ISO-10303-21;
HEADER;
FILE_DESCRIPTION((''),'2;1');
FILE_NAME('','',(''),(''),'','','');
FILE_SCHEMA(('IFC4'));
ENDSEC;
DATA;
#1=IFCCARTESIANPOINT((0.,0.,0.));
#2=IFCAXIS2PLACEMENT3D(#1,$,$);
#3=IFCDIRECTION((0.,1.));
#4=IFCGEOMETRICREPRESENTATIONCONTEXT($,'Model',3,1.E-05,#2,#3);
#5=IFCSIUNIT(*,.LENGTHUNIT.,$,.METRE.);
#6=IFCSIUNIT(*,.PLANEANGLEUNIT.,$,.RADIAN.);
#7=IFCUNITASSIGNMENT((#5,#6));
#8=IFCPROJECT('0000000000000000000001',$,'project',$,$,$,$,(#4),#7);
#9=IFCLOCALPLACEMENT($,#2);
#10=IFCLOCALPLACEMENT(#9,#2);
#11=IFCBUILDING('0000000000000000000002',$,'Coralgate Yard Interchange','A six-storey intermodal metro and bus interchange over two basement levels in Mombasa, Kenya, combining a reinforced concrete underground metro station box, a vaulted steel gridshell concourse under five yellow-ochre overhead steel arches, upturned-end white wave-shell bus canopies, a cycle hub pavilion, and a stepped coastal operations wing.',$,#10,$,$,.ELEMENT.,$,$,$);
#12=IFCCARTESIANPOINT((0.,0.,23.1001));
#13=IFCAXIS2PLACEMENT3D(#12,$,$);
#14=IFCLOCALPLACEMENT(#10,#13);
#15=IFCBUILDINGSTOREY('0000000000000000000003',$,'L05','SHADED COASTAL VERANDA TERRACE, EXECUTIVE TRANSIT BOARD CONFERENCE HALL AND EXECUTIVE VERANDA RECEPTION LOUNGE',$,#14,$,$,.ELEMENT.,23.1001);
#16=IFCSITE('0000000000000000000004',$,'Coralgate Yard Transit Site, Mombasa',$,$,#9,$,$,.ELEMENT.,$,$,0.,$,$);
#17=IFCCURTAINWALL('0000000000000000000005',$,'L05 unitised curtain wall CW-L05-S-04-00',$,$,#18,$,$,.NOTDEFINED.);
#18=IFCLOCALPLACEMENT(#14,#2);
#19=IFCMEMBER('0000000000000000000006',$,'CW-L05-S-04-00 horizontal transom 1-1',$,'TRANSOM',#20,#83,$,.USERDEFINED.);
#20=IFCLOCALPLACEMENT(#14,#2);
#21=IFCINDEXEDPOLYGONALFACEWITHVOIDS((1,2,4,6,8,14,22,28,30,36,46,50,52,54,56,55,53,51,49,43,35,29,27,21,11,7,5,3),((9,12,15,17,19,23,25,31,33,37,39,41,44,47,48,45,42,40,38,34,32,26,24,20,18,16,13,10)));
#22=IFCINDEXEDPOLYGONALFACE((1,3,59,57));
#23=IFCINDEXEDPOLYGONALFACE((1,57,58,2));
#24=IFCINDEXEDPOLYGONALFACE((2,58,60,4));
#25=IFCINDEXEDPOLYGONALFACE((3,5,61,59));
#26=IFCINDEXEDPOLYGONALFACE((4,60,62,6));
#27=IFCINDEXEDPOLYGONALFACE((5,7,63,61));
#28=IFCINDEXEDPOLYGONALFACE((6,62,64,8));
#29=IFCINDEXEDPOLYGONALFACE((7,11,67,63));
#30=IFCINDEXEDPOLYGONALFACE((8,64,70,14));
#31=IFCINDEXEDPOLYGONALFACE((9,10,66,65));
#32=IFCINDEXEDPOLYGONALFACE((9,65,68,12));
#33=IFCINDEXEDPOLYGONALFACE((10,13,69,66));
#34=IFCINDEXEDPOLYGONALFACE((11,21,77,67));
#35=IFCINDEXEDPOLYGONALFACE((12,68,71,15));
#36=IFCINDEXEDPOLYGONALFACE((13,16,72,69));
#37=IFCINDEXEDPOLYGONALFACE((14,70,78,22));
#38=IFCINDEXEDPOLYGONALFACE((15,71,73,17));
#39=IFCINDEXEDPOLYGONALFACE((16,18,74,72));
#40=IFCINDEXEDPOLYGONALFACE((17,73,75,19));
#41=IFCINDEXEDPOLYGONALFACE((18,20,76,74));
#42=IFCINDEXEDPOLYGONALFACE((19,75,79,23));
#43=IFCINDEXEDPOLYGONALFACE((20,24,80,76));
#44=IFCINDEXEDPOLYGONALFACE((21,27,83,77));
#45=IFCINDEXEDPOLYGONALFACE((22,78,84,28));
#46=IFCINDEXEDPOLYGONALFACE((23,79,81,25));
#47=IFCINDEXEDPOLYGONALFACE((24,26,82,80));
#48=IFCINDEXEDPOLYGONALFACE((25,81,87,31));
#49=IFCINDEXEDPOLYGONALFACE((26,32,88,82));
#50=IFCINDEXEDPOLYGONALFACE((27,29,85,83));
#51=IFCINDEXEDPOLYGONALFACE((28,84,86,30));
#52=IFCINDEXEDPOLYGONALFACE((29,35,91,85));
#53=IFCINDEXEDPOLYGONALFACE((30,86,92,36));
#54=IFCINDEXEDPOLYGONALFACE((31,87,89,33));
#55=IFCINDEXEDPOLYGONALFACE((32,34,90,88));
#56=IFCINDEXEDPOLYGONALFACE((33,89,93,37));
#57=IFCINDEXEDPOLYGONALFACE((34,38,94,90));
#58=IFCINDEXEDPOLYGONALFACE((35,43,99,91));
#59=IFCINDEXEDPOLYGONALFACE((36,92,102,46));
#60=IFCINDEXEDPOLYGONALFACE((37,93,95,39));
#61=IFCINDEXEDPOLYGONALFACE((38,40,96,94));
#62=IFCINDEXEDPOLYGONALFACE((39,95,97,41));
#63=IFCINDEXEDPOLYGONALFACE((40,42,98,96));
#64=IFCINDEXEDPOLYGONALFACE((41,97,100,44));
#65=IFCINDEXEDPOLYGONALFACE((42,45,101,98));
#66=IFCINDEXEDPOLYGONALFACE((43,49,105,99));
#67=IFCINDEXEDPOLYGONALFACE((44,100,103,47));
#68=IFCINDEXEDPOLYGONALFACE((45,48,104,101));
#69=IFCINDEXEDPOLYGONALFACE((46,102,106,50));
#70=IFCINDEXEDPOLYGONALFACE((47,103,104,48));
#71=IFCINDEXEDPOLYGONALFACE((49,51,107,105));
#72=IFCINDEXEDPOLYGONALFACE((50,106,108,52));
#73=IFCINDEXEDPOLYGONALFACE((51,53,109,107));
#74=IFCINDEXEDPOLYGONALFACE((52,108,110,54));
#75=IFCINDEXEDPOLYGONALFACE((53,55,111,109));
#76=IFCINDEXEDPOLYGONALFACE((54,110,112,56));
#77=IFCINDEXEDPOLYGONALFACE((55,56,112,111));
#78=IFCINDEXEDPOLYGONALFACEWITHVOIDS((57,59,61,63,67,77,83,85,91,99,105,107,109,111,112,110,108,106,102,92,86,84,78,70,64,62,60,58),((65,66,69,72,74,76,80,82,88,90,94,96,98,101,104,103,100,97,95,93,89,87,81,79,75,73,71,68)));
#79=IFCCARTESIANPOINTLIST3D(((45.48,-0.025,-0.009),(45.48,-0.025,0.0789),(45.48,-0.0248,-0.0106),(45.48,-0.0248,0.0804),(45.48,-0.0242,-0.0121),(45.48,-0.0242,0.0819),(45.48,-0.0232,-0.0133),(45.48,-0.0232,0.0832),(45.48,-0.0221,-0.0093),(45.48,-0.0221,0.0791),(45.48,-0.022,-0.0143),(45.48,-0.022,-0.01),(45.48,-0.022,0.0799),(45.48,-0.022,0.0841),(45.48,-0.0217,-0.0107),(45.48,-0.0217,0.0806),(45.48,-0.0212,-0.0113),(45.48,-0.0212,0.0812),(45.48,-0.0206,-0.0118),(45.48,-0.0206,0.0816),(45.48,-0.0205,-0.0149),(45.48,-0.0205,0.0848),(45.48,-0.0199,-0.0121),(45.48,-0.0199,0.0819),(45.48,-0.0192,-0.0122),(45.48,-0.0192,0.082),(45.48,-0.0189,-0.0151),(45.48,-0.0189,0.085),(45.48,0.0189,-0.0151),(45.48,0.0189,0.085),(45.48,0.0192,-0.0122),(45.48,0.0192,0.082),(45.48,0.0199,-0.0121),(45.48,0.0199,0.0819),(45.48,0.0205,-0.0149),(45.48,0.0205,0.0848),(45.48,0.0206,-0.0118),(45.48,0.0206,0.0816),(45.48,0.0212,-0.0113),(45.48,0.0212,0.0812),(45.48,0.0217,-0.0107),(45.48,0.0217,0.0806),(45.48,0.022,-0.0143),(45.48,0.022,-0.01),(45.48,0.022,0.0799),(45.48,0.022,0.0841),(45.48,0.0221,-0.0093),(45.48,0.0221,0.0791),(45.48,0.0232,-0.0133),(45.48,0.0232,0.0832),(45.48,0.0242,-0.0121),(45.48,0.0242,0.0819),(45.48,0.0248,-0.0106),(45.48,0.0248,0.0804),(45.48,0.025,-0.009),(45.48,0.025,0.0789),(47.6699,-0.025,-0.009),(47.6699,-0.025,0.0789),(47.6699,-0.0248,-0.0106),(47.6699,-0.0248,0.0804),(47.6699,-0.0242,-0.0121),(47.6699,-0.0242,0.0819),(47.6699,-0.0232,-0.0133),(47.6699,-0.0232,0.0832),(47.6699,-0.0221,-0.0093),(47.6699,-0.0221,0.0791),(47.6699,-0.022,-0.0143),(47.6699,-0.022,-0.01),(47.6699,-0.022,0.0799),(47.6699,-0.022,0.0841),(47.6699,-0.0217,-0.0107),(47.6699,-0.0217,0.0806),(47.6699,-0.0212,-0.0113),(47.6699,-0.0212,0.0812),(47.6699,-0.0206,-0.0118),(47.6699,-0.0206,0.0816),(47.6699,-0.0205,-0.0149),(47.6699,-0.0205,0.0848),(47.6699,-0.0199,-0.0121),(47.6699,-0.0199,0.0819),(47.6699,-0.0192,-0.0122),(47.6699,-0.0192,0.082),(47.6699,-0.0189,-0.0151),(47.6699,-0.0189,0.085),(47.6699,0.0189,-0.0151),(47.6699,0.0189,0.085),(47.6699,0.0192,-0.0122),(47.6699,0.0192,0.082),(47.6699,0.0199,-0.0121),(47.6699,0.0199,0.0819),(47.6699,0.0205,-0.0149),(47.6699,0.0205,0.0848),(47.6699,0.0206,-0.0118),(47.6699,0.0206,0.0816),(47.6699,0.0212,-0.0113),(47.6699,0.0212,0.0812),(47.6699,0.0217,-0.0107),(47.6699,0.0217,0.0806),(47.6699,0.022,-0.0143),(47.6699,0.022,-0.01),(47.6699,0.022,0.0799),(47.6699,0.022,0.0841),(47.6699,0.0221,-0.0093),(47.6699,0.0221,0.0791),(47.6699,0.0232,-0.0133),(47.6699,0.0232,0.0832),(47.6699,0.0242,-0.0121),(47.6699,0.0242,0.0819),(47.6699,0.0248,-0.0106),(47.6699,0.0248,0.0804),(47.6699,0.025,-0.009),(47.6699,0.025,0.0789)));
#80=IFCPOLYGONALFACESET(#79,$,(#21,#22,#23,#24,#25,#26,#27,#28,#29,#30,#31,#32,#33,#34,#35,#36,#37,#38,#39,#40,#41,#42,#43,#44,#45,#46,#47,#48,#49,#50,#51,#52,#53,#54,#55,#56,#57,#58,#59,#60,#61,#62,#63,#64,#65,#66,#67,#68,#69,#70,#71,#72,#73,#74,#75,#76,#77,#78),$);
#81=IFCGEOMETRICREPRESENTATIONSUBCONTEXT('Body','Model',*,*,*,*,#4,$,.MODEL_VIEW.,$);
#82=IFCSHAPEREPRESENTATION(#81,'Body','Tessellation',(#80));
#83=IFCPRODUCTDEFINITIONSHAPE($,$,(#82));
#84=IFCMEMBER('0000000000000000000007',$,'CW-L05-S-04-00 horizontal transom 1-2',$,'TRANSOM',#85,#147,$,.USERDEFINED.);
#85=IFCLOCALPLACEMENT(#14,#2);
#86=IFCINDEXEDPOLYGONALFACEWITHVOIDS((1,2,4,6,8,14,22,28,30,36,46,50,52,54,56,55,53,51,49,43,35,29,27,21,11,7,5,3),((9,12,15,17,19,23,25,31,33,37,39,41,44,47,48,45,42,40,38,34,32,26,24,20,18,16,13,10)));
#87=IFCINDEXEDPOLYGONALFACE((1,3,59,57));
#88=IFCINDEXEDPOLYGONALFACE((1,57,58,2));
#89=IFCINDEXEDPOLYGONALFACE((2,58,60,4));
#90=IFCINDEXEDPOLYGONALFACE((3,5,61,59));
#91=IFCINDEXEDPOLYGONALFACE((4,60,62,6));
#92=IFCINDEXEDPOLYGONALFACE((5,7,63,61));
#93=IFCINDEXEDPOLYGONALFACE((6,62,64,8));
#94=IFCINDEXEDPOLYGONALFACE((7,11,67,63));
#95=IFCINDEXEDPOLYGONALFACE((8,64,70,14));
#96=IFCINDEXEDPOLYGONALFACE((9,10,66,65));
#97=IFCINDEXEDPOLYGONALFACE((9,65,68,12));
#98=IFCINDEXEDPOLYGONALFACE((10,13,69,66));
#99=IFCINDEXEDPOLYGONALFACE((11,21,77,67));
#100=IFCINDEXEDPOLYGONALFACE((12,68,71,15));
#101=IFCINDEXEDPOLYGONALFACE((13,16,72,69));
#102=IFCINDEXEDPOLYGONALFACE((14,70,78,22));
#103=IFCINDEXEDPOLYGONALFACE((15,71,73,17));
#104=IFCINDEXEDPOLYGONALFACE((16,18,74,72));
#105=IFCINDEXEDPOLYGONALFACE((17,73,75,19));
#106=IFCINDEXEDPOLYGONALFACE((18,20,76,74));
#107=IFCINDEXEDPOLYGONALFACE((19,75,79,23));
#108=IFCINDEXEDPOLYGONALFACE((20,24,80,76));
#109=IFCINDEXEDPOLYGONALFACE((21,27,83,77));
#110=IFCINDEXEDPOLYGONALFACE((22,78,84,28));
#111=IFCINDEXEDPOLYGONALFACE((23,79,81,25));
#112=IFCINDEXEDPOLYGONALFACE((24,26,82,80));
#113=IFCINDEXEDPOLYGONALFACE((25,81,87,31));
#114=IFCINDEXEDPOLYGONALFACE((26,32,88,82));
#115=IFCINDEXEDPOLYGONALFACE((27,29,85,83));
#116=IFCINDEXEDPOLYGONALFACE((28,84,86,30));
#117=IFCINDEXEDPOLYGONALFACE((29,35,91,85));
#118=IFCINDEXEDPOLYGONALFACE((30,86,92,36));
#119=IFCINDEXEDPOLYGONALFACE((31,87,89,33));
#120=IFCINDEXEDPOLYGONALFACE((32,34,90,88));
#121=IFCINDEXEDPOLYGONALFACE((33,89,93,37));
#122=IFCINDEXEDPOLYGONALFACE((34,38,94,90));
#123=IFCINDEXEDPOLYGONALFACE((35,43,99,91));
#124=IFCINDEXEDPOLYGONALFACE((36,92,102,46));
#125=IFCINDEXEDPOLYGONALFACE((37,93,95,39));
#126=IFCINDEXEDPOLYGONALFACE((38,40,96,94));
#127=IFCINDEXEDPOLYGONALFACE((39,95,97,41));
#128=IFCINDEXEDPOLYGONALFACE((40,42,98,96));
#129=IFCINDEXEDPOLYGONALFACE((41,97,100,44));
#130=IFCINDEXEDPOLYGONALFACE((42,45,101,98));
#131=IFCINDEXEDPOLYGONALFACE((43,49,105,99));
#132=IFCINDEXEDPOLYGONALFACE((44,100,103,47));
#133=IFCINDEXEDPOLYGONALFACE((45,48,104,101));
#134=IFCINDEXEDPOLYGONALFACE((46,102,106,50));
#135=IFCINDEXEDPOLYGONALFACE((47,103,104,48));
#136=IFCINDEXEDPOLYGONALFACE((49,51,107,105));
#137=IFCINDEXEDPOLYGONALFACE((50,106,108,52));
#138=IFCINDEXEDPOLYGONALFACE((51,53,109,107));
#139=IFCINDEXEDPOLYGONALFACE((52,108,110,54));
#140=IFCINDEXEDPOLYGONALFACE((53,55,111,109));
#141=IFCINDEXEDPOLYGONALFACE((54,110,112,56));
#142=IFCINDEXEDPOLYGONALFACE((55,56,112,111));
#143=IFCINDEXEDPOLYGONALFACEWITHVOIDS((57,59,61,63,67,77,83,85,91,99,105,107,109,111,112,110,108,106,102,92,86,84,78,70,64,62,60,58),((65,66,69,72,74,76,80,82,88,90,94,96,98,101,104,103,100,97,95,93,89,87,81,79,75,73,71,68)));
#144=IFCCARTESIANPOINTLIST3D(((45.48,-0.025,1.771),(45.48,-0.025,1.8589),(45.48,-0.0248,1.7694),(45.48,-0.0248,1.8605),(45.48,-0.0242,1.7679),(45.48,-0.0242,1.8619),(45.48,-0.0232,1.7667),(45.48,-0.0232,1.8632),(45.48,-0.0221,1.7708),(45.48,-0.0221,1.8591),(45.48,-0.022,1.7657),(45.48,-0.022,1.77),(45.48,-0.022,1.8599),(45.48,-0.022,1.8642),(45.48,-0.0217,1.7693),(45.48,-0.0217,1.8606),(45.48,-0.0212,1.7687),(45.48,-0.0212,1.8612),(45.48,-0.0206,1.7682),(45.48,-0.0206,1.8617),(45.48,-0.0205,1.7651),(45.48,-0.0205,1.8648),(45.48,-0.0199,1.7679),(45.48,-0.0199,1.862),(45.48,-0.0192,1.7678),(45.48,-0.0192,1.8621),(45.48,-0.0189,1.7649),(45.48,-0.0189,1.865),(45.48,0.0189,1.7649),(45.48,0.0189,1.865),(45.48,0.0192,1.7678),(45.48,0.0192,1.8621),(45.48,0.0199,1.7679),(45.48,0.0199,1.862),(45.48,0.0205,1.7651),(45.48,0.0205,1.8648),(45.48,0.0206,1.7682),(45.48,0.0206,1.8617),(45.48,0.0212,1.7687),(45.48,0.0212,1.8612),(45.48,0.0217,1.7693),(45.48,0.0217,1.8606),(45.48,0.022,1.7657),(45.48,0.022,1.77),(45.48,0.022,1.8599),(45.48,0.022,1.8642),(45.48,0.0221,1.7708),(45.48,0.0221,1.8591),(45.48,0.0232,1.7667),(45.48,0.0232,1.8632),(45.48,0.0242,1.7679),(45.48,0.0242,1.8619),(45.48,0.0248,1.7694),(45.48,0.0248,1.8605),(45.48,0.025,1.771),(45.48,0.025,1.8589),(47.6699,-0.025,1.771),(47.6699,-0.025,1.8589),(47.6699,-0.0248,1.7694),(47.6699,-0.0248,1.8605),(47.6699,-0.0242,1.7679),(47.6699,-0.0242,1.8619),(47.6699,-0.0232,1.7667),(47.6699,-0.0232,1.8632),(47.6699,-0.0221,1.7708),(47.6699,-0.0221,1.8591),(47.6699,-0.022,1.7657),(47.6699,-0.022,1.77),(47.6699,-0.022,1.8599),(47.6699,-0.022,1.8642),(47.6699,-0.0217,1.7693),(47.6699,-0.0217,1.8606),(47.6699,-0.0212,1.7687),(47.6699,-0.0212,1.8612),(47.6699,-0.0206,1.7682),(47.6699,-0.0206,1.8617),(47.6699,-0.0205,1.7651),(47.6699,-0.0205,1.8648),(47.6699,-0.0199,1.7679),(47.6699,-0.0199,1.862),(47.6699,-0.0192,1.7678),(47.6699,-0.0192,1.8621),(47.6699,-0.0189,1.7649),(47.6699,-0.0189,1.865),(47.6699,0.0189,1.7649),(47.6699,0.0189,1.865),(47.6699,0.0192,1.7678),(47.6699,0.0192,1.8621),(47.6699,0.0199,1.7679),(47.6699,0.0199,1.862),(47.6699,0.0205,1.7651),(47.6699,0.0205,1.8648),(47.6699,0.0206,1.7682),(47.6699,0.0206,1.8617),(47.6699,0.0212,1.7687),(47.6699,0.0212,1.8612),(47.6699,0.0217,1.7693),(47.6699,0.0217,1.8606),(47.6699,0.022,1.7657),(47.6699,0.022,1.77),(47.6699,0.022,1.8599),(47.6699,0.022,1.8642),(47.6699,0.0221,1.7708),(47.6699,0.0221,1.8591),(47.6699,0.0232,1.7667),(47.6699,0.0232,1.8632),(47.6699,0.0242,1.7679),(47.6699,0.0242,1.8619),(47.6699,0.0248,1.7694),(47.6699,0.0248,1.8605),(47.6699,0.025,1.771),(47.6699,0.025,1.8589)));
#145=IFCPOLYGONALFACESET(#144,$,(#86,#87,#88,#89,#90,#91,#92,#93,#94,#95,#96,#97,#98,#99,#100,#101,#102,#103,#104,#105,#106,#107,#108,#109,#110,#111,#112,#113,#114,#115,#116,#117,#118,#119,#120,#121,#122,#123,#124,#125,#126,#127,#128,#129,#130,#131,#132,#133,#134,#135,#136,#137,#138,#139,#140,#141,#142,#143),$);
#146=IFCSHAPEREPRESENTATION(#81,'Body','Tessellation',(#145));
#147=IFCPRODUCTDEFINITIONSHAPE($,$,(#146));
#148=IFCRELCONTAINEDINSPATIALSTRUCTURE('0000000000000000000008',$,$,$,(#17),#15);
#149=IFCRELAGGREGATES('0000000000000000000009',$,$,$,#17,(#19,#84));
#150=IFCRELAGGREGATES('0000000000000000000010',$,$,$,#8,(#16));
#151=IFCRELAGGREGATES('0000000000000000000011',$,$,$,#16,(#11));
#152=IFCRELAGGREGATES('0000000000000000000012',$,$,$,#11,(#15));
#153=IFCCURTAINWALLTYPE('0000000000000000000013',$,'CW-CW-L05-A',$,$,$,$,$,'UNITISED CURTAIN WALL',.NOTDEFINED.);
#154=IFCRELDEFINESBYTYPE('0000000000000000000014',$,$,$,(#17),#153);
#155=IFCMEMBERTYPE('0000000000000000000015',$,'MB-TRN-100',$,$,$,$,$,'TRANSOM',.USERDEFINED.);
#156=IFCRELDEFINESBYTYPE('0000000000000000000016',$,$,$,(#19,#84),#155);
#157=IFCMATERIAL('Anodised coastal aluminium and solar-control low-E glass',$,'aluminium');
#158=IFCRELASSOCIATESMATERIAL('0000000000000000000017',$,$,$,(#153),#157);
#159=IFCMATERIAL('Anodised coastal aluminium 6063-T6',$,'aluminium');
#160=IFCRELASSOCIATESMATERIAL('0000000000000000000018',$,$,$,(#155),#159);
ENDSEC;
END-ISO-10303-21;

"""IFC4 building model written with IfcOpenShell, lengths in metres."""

from ifc_helpers import new_model, si_unit, direction, frame, origin, origin_2d, place, context, subcontext, project, spatial, hollow_rectangle, extrude, material, material_profile, profile_set, type_object, element, aggregate, save


model = new_model("IFC4")

# Units and contexts
model_context = context("Model", 3, precision=1e-05, world=origin(), true_north=direction((0.0, 1.0)))
body_context = subcontext(model_context, "Body", "Model", "MODEL_VIEW")
ifc_project = project(units=[si_unit("LENGTHUNIT", "METRE"), si_unit("PLANEANGLEUNIT", "RADIAN")], contexts=[model_context])

# Site, building, storey
site_placement = place(None, origin())
site = spatial("IfcSite", under=ifc_project, at=site_placement, Name="Coralgate Yard Transit Site, Mombasa", CompositionType="ELEMENT", RefElevation=0.0)
building_placement = place(site_placement, origin())
building = spatial("IfcBuilding", under=site, at=building_placement, Name="Coralgate Yard Interchange", Description="A six-storey intermodal metro and bus interchange over two basement levels in Mombasa, Kenya, combining a reinforced concrete underground metro station box, a vaulted steel gridshell concourse under five yellow-ochre overhead steel arches, upturned-end white wave-shell bus canopies, a cycle hub pavilion, and a stepped coastal operations wing.", CompositionType="ELEMENT")
storey_placement = place(building_placement, frame((0.0, 0.0, 23.1001)))
storey = spatial("IfcBuildingStorey", under=building, at=storey_placement, Name="L05", Description="SHADED COASTAL VERANDA TERRACE, EXECUTIVE TRANSIT BOARD CONFERENCE HALL AND EXECUTIVE VERANDA RECEPTION LOUNGE", CompositionType="ELEMENT", Elevation=23.1001)

# Curtain wall, members
ifc_material_1 = material(Name="Anodised coastal aluminium and solar-control low-E glass", Category="aluminium")
curtain_wall_type = type_object("IfcCurtainWallType", Name="CW-CW-L05-A", ElementType="UNITISED CURTAIN WALL", PredefinedType="NOTDEFINED", material=ifc_material_1)
curtain_wall_placement = place(storey_placement, origin())
curtain_wall = element("IfcCurtainWall", 1, at=curtain_wall_placement, inside=storey, type_object=curtain_wall_type, Name="L05 unitised curtain wall CW-L05-S-04-00", PredefinedType="NOTDEFINED")
ifc_material_2 = material(Name="Anodised coastal aluminium 6063-T6", Category="aluminium")
ifc_material_profile_1 = material_profile(ifc_material_2, hollow_rectangle(XDim=0.05, YDim=0.1001, WallThickness=0.0029, InnerFilletRadius=0.0029, OuterFilletRadius=0.0061, at=origin_2d()), Name="ALU 50x100x3")
ifc_profile_set_1 = profile_set([ifc_material_profile_1], Name="Anodised coastal aluminium 6063-T6")
member_type_1 = type_object("IfcMemberType", Name="MB-TRN-100", ElementType="TRANSOM", PredefinedType="USERDEFINED", material=ifc_profile_set_1)
member_1_placement = place(storey_placement, frame((47.6699, 0.0, 0.0349), z_axis=(-1.0, 0.0, 0.0), x_axis=(0.0, -1.0, 0.0)))
member_1 = element("IfcMember", 2, at=member_1_placement, type_object=member_type_1, Name="CW-L05-S-04-00 horizontal transom 1-1", ObjectType="TRANSOM", PredefinedType="USERDEFINED", context=body_context, shape_type="SweptSolid", body=[
    extrude(hollow_rectangle(XDim=0.05, YDim=0.1001, WallThickness=0.0029, InnerFilletRadius=0.0029, OuterFilletRadius=0.0061, at=origin_2d()), origin(), (0.0, 0.0, 1.0), 2.1899),
])
member_2_placement = place(storey_placement, frame((47.6699, 0.0, 1.8149), z_axis=(-1.0, 0.0, 0.0), x_axis=(0.0, -1.0, 0.0)))
member_2 = element("IfcMember", 3, at=member_2_placement, type_object=member_type_1, Name="CW-L05-S-04-00 horizontal transom 1-2", ObjectType="TRANSOM", PredefinedType="USERDEFINED", context=body_context, shape_type="SweptSolid", body=[
    extrude(hollow_rectangle(XDim=0.05, YDim=0.1001, WallThickness=0.0029, InnerFilletRadius=0.0029, OuterFilletRadius=0.0061, at=origin_2d()), origin(), (0.0, 0.0, 1.0), 2.1899),
])
aggregate(curtain_wall, [member_1, member_2])

save(model, "model.ifc")
